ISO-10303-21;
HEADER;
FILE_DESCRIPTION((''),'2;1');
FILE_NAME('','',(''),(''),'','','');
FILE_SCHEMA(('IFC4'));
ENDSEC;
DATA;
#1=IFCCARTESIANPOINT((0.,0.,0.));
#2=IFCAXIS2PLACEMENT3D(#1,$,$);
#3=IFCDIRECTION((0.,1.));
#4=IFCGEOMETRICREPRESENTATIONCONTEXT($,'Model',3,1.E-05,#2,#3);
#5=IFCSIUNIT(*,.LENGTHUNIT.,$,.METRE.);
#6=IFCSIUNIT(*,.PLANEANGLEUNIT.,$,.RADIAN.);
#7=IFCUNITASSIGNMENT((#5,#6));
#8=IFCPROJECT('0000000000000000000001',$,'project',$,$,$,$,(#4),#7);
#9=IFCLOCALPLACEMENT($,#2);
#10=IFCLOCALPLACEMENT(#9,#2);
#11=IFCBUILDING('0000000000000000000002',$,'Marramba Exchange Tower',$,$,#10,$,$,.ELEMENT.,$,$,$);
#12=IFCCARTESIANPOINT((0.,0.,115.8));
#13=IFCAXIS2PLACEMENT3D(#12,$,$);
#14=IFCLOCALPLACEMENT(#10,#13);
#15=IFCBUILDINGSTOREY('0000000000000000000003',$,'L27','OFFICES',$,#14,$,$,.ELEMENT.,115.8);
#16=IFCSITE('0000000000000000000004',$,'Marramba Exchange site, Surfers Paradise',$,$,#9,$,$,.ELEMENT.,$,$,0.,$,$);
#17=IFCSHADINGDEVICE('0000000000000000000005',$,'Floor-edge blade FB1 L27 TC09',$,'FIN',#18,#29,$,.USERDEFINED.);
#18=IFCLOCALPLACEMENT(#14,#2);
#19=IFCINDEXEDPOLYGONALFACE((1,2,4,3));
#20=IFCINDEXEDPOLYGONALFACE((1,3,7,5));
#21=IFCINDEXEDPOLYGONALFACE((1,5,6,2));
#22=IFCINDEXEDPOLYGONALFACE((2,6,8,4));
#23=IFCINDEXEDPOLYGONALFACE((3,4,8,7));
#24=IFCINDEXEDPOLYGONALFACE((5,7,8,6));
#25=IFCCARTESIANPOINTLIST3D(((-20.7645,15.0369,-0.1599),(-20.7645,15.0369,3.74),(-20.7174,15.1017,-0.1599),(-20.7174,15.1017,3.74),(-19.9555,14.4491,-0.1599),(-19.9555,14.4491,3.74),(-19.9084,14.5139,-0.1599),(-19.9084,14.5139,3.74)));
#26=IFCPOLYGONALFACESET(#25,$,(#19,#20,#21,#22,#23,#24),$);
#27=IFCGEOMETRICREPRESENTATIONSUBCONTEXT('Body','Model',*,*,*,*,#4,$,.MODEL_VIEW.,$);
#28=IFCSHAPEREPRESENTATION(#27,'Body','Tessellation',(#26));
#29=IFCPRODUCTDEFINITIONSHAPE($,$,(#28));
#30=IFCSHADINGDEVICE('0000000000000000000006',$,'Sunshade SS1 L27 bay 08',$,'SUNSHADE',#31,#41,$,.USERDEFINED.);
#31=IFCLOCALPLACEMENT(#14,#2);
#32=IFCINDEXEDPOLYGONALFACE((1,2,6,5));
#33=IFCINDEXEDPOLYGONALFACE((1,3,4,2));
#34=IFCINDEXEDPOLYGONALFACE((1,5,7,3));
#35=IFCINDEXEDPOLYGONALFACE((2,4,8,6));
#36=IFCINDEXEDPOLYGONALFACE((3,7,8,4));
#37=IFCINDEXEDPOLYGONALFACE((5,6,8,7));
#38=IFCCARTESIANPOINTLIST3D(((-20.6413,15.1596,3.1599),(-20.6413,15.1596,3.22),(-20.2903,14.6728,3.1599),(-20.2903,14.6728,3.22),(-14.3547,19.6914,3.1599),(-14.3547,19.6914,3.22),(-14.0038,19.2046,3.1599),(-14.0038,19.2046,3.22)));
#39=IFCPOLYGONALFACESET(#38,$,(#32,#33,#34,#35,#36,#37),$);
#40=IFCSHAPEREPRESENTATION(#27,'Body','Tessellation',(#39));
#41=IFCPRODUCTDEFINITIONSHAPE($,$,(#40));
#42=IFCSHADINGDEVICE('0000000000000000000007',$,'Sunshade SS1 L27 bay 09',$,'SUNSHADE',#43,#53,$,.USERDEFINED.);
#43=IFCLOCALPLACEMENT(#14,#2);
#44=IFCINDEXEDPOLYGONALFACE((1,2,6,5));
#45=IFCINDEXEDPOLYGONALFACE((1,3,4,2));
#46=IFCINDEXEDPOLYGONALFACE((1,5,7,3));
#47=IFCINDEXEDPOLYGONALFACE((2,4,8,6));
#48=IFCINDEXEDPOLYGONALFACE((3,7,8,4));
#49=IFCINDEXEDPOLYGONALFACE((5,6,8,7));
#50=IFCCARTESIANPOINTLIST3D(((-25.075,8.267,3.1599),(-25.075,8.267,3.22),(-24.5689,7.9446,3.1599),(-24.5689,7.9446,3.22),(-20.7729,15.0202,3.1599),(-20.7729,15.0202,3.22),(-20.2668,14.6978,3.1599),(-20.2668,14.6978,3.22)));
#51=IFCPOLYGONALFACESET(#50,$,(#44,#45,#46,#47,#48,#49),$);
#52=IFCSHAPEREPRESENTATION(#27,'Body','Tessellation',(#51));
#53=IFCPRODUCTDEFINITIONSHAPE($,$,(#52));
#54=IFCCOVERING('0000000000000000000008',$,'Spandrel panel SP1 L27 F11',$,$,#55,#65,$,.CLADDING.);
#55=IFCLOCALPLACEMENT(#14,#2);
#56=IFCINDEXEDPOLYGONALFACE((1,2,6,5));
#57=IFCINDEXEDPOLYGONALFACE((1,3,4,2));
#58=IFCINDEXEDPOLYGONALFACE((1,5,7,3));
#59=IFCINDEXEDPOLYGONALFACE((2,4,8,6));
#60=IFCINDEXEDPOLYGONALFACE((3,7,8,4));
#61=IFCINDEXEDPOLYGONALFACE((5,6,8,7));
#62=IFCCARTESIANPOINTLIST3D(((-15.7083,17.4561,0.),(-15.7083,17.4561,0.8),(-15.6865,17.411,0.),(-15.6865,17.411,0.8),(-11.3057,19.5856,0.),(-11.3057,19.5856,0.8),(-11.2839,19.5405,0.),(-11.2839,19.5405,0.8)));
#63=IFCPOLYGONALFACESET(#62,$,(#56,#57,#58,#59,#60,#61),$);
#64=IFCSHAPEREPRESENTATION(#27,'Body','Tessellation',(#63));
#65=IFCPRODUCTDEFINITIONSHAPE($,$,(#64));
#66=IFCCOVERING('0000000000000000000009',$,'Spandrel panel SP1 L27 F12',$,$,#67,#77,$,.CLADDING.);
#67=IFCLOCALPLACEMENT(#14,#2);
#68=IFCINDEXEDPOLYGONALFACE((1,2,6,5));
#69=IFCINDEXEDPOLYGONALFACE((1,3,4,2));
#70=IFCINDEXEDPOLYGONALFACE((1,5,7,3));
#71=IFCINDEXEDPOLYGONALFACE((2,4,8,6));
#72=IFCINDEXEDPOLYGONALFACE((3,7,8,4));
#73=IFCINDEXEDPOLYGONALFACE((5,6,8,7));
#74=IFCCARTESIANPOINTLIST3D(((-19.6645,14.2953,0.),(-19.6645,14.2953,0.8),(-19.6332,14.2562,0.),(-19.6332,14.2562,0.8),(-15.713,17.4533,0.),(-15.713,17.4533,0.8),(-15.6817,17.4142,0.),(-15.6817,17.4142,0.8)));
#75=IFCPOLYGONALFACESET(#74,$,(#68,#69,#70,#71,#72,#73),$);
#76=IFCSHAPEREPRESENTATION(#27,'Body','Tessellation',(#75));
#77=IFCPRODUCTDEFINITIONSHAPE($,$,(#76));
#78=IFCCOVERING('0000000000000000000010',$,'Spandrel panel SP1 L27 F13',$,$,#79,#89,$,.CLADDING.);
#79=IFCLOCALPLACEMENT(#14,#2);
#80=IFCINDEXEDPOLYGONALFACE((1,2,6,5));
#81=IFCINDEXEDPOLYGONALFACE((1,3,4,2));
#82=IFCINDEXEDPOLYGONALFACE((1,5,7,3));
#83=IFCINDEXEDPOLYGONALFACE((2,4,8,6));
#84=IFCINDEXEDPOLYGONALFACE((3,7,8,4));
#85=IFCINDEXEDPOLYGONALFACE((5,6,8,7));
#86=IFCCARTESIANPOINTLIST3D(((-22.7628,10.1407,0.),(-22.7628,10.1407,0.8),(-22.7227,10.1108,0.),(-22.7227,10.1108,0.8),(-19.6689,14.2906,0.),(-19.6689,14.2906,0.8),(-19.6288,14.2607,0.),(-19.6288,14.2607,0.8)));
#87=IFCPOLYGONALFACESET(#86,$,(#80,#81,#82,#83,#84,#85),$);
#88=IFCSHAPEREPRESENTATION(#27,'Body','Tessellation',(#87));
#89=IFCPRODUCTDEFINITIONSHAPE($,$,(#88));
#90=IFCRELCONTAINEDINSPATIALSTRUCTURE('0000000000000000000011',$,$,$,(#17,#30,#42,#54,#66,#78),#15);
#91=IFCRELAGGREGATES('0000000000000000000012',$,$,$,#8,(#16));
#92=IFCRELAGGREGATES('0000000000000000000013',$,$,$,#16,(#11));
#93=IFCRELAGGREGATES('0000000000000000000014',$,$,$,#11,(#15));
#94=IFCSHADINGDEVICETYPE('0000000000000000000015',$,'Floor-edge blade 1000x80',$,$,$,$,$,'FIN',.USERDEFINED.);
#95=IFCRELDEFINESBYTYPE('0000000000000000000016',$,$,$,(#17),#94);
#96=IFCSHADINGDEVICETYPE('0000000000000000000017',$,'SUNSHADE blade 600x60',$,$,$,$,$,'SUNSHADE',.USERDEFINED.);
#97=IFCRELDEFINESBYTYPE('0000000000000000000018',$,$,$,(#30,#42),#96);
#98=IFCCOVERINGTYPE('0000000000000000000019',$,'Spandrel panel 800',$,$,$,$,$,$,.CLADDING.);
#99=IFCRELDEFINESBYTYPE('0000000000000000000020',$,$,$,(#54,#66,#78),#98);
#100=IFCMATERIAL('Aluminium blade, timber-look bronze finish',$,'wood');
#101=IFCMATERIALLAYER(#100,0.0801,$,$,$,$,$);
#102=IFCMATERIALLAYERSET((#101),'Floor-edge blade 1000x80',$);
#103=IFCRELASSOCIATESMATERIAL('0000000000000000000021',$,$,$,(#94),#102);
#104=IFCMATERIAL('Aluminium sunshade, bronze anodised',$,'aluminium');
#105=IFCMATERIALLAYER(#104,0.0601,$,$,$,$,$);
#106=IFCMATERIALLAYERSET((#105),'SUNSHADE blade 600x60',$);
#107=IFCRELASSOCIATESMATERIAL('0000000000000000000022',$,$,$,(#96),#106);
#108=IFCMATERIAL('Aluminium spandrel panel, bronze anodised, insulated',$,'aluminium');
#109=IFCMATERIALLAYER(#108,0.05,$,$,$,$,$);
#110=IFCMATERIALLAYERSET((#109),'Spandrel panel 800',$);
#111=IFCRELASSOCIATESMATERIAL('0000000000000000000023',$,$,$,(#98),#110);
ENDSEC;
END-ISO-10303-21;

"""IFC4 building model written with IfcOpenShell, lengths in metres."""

from ifc_helpers import new_model, si_unit, direction, frame, origin, origin_2d, place, context, subcontext, project, spatial, rectangle, extrude, material, layer, layer_set, type_object, element, save


model = new_model("IFC4")

# Units and contexts
model_context = context("Model", 3, precision=1e-05, world=origin(), true_north=direction((0.0, 1.0)))
body_context = subcontext(model_context, "Body", "Model", "MODEL_VIEW")
ifc_project = project(units=[si_unit("LENGTHUNIT", "METRE"), si_unit("PLANEANGLEUNIT", "RADIAN")], contexts=[model_context])

# Site, building, storey
site_placement = place(None, origin())
site = spatial("IfcSite", under=ifc_project, at=site_placement, Name="Marramba Exchange site, Surfers Paradise", CompositionType="ELEMENT", RefElevation=0.0)
building_placement = place(site_placement, origin())
building = spatial("IfcBuilding", under=site, at=building_placement, Name="Marramba Exchange Tower", CompositionType="ELEMENT")
storey_placement = place(building_placement, frame((0.0, 0.0, 115.8)))
storey = spatial("IfcBuildingStorey", under=building, at=storey_placement, Name="L27", Description="OFFICES", CompositionType="ELEMENT", Elevation=115.8)

# Shading devices
ifc_material_1 = material(Name="Aluminium blade, timber-look bronze finish", Category="wood")
ifc_layer_1 = layer(ifc_material_1, 0.0801)
ifc_layer_set_1 = layer_set([ifc_layer_1], Name="Floor-edge blade 1000x80")
shading_device_type_1 = type_object("IfcShadingDeviceType", Name="Floor-edge blade 1000x80", ElementType="FIN", PredefinedType="USERDEFINED", material=ifc_layer_set_1)
for number, where, z_axis, x_axis, name in (
    (1, (-20.3364, 14.7754, -0.1599), (0.0, 0.0, 1.0), (-0.809017, 0.587785, 0.0), "Floor-edge blade FB1 L27 TC09"),
):
    element("IfcShadingDevice", number, at=place(storey_placement, frame(where, z_axis=z_axis, x_axis=x_axis)), inside=storey, type_object=shading_device_type_1, Name=name, ObjectType="FIN", PredefinedType="USERDEFINED", context=body_context, shape_type="SweptSolid", body=[
        extrude(rectangle(XDim=1.0, YDim=0.0801, at=origin_2d()), origin(), (0.0, 0.0, 1.0), 3.8999),
    ])
ifc_material_2 = material(Name="Aluminium sunshade, bronze anodised", Category="aluminium")
ifc_layer_2 = layer(ifc_material_2, 0.0601)
ifc_layer_set_2 = layer_set([ifc_layer_2], Name="SUNSHADE blade 600x60")
shading_device_type_2 = type_object("IfcShadingDeviceType", Name="SUNSHADE blade 600x60", ElementType="SUNSHADE", PredefinedType="USERDEFINED", material=ifc_layer_set_2)
shading_device_1_placement = place(storey_placement, frame((-17.3225, 17.1821, 3.1599), z_axis=(0.0, 0.0, 1.0), x_axis=(-0.811199, -0.58477, 0.0)))
element("IfcShadingDevice", 2, at=shading_device_1_placement, inside=storey, type_object=shading_device_type_2, Name="Sunshade SS1 L27 bay 08", ObjectType="SUNSHADE", PredefinedType="USERDEFINED", context=body_context, shape_type="SweptSolid", body=[
    extrude(rectangle(XDim=7.7498, YDim=0.6001, at=origin_2d()), origin(), (0.0, 0.0, 1.0), 0.0601),
])
shading_device_2_placement = place(storey_placement, frame((-22.6709, 11.4824, 3.1599), z_axis=(0.0, 0.0, 1.0), x_axis=(-0.537285, -0.843401, 0.0)))
element("IfcShadingDevice", 3, at=shading_device_2_placement, inside=storey, type_object=shading_device_type_2, Name="Sunshade SS1 L27 bay 09", ObjectType="SUNSHADE", PredefinedType="USERDEFINED", context=body_context, shape_type="SweptSolid", body=[
    extrude(rectangle(XDim=8.0071, YDim=0.6001, at=origin_2d()), origin(), (0.0, 0.0, 1.0), 0.0601),
])

# Coverings
ifc_material_3 = material(Name="Aluminium spandrel panel, bronze anodised, insulated", Category="aluminium")
ifc_layer_3 = layer(ifc_material_3, 0.05)
ifc_layer_set_3 = layer_set([ifc_layer_3], Name="Spandrel panel 800")
covering_type = type_object("IfcCoveringType", Name="Spandrel panel 800", PredefinedType="CLADDING", material=ifc_layer_set_3)
covering_1_placement = place(storey_placement, frame((-13.4961, 18.4983, 0.0), z_axis=(0.0, 0.0, 1.0), x_axis=(-0.900224, -0.435428, 0.0)))
element("IfcCovering", 4, at=covering_1_placement, inside=storey, type_object=covering_type, Name="Spandrel panel SP1 L27 F11", PredefinedType="CLADDING", context=body_context, shape_type="SweptSolid", body=[
    extrude(rectangle(XDim=4.8906, YDim=0.05, at=origin_2d()), origin(), (0.0, 0.0, 1.0), 0.8),
])
covering_2_placement = place(storey_placement, frame((-17.6731, 15.8547, 0.0), z_axis=(0.0, 0.0, 1.0), x_axis=(-0.781178, -0.624308, 0.0)))
element("IfcCovering", 5, at=covering_2_placement, inside=storey, type_object=covering_type, Name="Spandrel panel SP1 L27 F12", PredefinedType="CLADDING", context=body_context, shape_type="SweptSolid", body=[
    extrude(rectangle(XDim=5.0583, YDim=0.05, at=origin_2d()), origin(), (0.0, 0.0, 1.0), 0.8),
])
covering_3_placement = place(storey_placement, frame((-21.1958, 12.2007, 0.0), z_axis=(0.0, 0.0, 1.0), x_axis=(-0.597704, -0.801717, 0.0)))
element("IfcCovering", 6, at=covering_3_placement, inside=storey, type_object=covering_type, Name="Spandrel panel SP1 L27 F13", PredefinedType="CLADDING", context=body_context, shape_type="SweptSolid", body=[
    extrude(rectangle(XDim=5.1763, YDim=0.05, at=origin_2d()), origin(), (0.0, 0.0, 1.0), 0.8),
])

save(model, "model.ifc")
